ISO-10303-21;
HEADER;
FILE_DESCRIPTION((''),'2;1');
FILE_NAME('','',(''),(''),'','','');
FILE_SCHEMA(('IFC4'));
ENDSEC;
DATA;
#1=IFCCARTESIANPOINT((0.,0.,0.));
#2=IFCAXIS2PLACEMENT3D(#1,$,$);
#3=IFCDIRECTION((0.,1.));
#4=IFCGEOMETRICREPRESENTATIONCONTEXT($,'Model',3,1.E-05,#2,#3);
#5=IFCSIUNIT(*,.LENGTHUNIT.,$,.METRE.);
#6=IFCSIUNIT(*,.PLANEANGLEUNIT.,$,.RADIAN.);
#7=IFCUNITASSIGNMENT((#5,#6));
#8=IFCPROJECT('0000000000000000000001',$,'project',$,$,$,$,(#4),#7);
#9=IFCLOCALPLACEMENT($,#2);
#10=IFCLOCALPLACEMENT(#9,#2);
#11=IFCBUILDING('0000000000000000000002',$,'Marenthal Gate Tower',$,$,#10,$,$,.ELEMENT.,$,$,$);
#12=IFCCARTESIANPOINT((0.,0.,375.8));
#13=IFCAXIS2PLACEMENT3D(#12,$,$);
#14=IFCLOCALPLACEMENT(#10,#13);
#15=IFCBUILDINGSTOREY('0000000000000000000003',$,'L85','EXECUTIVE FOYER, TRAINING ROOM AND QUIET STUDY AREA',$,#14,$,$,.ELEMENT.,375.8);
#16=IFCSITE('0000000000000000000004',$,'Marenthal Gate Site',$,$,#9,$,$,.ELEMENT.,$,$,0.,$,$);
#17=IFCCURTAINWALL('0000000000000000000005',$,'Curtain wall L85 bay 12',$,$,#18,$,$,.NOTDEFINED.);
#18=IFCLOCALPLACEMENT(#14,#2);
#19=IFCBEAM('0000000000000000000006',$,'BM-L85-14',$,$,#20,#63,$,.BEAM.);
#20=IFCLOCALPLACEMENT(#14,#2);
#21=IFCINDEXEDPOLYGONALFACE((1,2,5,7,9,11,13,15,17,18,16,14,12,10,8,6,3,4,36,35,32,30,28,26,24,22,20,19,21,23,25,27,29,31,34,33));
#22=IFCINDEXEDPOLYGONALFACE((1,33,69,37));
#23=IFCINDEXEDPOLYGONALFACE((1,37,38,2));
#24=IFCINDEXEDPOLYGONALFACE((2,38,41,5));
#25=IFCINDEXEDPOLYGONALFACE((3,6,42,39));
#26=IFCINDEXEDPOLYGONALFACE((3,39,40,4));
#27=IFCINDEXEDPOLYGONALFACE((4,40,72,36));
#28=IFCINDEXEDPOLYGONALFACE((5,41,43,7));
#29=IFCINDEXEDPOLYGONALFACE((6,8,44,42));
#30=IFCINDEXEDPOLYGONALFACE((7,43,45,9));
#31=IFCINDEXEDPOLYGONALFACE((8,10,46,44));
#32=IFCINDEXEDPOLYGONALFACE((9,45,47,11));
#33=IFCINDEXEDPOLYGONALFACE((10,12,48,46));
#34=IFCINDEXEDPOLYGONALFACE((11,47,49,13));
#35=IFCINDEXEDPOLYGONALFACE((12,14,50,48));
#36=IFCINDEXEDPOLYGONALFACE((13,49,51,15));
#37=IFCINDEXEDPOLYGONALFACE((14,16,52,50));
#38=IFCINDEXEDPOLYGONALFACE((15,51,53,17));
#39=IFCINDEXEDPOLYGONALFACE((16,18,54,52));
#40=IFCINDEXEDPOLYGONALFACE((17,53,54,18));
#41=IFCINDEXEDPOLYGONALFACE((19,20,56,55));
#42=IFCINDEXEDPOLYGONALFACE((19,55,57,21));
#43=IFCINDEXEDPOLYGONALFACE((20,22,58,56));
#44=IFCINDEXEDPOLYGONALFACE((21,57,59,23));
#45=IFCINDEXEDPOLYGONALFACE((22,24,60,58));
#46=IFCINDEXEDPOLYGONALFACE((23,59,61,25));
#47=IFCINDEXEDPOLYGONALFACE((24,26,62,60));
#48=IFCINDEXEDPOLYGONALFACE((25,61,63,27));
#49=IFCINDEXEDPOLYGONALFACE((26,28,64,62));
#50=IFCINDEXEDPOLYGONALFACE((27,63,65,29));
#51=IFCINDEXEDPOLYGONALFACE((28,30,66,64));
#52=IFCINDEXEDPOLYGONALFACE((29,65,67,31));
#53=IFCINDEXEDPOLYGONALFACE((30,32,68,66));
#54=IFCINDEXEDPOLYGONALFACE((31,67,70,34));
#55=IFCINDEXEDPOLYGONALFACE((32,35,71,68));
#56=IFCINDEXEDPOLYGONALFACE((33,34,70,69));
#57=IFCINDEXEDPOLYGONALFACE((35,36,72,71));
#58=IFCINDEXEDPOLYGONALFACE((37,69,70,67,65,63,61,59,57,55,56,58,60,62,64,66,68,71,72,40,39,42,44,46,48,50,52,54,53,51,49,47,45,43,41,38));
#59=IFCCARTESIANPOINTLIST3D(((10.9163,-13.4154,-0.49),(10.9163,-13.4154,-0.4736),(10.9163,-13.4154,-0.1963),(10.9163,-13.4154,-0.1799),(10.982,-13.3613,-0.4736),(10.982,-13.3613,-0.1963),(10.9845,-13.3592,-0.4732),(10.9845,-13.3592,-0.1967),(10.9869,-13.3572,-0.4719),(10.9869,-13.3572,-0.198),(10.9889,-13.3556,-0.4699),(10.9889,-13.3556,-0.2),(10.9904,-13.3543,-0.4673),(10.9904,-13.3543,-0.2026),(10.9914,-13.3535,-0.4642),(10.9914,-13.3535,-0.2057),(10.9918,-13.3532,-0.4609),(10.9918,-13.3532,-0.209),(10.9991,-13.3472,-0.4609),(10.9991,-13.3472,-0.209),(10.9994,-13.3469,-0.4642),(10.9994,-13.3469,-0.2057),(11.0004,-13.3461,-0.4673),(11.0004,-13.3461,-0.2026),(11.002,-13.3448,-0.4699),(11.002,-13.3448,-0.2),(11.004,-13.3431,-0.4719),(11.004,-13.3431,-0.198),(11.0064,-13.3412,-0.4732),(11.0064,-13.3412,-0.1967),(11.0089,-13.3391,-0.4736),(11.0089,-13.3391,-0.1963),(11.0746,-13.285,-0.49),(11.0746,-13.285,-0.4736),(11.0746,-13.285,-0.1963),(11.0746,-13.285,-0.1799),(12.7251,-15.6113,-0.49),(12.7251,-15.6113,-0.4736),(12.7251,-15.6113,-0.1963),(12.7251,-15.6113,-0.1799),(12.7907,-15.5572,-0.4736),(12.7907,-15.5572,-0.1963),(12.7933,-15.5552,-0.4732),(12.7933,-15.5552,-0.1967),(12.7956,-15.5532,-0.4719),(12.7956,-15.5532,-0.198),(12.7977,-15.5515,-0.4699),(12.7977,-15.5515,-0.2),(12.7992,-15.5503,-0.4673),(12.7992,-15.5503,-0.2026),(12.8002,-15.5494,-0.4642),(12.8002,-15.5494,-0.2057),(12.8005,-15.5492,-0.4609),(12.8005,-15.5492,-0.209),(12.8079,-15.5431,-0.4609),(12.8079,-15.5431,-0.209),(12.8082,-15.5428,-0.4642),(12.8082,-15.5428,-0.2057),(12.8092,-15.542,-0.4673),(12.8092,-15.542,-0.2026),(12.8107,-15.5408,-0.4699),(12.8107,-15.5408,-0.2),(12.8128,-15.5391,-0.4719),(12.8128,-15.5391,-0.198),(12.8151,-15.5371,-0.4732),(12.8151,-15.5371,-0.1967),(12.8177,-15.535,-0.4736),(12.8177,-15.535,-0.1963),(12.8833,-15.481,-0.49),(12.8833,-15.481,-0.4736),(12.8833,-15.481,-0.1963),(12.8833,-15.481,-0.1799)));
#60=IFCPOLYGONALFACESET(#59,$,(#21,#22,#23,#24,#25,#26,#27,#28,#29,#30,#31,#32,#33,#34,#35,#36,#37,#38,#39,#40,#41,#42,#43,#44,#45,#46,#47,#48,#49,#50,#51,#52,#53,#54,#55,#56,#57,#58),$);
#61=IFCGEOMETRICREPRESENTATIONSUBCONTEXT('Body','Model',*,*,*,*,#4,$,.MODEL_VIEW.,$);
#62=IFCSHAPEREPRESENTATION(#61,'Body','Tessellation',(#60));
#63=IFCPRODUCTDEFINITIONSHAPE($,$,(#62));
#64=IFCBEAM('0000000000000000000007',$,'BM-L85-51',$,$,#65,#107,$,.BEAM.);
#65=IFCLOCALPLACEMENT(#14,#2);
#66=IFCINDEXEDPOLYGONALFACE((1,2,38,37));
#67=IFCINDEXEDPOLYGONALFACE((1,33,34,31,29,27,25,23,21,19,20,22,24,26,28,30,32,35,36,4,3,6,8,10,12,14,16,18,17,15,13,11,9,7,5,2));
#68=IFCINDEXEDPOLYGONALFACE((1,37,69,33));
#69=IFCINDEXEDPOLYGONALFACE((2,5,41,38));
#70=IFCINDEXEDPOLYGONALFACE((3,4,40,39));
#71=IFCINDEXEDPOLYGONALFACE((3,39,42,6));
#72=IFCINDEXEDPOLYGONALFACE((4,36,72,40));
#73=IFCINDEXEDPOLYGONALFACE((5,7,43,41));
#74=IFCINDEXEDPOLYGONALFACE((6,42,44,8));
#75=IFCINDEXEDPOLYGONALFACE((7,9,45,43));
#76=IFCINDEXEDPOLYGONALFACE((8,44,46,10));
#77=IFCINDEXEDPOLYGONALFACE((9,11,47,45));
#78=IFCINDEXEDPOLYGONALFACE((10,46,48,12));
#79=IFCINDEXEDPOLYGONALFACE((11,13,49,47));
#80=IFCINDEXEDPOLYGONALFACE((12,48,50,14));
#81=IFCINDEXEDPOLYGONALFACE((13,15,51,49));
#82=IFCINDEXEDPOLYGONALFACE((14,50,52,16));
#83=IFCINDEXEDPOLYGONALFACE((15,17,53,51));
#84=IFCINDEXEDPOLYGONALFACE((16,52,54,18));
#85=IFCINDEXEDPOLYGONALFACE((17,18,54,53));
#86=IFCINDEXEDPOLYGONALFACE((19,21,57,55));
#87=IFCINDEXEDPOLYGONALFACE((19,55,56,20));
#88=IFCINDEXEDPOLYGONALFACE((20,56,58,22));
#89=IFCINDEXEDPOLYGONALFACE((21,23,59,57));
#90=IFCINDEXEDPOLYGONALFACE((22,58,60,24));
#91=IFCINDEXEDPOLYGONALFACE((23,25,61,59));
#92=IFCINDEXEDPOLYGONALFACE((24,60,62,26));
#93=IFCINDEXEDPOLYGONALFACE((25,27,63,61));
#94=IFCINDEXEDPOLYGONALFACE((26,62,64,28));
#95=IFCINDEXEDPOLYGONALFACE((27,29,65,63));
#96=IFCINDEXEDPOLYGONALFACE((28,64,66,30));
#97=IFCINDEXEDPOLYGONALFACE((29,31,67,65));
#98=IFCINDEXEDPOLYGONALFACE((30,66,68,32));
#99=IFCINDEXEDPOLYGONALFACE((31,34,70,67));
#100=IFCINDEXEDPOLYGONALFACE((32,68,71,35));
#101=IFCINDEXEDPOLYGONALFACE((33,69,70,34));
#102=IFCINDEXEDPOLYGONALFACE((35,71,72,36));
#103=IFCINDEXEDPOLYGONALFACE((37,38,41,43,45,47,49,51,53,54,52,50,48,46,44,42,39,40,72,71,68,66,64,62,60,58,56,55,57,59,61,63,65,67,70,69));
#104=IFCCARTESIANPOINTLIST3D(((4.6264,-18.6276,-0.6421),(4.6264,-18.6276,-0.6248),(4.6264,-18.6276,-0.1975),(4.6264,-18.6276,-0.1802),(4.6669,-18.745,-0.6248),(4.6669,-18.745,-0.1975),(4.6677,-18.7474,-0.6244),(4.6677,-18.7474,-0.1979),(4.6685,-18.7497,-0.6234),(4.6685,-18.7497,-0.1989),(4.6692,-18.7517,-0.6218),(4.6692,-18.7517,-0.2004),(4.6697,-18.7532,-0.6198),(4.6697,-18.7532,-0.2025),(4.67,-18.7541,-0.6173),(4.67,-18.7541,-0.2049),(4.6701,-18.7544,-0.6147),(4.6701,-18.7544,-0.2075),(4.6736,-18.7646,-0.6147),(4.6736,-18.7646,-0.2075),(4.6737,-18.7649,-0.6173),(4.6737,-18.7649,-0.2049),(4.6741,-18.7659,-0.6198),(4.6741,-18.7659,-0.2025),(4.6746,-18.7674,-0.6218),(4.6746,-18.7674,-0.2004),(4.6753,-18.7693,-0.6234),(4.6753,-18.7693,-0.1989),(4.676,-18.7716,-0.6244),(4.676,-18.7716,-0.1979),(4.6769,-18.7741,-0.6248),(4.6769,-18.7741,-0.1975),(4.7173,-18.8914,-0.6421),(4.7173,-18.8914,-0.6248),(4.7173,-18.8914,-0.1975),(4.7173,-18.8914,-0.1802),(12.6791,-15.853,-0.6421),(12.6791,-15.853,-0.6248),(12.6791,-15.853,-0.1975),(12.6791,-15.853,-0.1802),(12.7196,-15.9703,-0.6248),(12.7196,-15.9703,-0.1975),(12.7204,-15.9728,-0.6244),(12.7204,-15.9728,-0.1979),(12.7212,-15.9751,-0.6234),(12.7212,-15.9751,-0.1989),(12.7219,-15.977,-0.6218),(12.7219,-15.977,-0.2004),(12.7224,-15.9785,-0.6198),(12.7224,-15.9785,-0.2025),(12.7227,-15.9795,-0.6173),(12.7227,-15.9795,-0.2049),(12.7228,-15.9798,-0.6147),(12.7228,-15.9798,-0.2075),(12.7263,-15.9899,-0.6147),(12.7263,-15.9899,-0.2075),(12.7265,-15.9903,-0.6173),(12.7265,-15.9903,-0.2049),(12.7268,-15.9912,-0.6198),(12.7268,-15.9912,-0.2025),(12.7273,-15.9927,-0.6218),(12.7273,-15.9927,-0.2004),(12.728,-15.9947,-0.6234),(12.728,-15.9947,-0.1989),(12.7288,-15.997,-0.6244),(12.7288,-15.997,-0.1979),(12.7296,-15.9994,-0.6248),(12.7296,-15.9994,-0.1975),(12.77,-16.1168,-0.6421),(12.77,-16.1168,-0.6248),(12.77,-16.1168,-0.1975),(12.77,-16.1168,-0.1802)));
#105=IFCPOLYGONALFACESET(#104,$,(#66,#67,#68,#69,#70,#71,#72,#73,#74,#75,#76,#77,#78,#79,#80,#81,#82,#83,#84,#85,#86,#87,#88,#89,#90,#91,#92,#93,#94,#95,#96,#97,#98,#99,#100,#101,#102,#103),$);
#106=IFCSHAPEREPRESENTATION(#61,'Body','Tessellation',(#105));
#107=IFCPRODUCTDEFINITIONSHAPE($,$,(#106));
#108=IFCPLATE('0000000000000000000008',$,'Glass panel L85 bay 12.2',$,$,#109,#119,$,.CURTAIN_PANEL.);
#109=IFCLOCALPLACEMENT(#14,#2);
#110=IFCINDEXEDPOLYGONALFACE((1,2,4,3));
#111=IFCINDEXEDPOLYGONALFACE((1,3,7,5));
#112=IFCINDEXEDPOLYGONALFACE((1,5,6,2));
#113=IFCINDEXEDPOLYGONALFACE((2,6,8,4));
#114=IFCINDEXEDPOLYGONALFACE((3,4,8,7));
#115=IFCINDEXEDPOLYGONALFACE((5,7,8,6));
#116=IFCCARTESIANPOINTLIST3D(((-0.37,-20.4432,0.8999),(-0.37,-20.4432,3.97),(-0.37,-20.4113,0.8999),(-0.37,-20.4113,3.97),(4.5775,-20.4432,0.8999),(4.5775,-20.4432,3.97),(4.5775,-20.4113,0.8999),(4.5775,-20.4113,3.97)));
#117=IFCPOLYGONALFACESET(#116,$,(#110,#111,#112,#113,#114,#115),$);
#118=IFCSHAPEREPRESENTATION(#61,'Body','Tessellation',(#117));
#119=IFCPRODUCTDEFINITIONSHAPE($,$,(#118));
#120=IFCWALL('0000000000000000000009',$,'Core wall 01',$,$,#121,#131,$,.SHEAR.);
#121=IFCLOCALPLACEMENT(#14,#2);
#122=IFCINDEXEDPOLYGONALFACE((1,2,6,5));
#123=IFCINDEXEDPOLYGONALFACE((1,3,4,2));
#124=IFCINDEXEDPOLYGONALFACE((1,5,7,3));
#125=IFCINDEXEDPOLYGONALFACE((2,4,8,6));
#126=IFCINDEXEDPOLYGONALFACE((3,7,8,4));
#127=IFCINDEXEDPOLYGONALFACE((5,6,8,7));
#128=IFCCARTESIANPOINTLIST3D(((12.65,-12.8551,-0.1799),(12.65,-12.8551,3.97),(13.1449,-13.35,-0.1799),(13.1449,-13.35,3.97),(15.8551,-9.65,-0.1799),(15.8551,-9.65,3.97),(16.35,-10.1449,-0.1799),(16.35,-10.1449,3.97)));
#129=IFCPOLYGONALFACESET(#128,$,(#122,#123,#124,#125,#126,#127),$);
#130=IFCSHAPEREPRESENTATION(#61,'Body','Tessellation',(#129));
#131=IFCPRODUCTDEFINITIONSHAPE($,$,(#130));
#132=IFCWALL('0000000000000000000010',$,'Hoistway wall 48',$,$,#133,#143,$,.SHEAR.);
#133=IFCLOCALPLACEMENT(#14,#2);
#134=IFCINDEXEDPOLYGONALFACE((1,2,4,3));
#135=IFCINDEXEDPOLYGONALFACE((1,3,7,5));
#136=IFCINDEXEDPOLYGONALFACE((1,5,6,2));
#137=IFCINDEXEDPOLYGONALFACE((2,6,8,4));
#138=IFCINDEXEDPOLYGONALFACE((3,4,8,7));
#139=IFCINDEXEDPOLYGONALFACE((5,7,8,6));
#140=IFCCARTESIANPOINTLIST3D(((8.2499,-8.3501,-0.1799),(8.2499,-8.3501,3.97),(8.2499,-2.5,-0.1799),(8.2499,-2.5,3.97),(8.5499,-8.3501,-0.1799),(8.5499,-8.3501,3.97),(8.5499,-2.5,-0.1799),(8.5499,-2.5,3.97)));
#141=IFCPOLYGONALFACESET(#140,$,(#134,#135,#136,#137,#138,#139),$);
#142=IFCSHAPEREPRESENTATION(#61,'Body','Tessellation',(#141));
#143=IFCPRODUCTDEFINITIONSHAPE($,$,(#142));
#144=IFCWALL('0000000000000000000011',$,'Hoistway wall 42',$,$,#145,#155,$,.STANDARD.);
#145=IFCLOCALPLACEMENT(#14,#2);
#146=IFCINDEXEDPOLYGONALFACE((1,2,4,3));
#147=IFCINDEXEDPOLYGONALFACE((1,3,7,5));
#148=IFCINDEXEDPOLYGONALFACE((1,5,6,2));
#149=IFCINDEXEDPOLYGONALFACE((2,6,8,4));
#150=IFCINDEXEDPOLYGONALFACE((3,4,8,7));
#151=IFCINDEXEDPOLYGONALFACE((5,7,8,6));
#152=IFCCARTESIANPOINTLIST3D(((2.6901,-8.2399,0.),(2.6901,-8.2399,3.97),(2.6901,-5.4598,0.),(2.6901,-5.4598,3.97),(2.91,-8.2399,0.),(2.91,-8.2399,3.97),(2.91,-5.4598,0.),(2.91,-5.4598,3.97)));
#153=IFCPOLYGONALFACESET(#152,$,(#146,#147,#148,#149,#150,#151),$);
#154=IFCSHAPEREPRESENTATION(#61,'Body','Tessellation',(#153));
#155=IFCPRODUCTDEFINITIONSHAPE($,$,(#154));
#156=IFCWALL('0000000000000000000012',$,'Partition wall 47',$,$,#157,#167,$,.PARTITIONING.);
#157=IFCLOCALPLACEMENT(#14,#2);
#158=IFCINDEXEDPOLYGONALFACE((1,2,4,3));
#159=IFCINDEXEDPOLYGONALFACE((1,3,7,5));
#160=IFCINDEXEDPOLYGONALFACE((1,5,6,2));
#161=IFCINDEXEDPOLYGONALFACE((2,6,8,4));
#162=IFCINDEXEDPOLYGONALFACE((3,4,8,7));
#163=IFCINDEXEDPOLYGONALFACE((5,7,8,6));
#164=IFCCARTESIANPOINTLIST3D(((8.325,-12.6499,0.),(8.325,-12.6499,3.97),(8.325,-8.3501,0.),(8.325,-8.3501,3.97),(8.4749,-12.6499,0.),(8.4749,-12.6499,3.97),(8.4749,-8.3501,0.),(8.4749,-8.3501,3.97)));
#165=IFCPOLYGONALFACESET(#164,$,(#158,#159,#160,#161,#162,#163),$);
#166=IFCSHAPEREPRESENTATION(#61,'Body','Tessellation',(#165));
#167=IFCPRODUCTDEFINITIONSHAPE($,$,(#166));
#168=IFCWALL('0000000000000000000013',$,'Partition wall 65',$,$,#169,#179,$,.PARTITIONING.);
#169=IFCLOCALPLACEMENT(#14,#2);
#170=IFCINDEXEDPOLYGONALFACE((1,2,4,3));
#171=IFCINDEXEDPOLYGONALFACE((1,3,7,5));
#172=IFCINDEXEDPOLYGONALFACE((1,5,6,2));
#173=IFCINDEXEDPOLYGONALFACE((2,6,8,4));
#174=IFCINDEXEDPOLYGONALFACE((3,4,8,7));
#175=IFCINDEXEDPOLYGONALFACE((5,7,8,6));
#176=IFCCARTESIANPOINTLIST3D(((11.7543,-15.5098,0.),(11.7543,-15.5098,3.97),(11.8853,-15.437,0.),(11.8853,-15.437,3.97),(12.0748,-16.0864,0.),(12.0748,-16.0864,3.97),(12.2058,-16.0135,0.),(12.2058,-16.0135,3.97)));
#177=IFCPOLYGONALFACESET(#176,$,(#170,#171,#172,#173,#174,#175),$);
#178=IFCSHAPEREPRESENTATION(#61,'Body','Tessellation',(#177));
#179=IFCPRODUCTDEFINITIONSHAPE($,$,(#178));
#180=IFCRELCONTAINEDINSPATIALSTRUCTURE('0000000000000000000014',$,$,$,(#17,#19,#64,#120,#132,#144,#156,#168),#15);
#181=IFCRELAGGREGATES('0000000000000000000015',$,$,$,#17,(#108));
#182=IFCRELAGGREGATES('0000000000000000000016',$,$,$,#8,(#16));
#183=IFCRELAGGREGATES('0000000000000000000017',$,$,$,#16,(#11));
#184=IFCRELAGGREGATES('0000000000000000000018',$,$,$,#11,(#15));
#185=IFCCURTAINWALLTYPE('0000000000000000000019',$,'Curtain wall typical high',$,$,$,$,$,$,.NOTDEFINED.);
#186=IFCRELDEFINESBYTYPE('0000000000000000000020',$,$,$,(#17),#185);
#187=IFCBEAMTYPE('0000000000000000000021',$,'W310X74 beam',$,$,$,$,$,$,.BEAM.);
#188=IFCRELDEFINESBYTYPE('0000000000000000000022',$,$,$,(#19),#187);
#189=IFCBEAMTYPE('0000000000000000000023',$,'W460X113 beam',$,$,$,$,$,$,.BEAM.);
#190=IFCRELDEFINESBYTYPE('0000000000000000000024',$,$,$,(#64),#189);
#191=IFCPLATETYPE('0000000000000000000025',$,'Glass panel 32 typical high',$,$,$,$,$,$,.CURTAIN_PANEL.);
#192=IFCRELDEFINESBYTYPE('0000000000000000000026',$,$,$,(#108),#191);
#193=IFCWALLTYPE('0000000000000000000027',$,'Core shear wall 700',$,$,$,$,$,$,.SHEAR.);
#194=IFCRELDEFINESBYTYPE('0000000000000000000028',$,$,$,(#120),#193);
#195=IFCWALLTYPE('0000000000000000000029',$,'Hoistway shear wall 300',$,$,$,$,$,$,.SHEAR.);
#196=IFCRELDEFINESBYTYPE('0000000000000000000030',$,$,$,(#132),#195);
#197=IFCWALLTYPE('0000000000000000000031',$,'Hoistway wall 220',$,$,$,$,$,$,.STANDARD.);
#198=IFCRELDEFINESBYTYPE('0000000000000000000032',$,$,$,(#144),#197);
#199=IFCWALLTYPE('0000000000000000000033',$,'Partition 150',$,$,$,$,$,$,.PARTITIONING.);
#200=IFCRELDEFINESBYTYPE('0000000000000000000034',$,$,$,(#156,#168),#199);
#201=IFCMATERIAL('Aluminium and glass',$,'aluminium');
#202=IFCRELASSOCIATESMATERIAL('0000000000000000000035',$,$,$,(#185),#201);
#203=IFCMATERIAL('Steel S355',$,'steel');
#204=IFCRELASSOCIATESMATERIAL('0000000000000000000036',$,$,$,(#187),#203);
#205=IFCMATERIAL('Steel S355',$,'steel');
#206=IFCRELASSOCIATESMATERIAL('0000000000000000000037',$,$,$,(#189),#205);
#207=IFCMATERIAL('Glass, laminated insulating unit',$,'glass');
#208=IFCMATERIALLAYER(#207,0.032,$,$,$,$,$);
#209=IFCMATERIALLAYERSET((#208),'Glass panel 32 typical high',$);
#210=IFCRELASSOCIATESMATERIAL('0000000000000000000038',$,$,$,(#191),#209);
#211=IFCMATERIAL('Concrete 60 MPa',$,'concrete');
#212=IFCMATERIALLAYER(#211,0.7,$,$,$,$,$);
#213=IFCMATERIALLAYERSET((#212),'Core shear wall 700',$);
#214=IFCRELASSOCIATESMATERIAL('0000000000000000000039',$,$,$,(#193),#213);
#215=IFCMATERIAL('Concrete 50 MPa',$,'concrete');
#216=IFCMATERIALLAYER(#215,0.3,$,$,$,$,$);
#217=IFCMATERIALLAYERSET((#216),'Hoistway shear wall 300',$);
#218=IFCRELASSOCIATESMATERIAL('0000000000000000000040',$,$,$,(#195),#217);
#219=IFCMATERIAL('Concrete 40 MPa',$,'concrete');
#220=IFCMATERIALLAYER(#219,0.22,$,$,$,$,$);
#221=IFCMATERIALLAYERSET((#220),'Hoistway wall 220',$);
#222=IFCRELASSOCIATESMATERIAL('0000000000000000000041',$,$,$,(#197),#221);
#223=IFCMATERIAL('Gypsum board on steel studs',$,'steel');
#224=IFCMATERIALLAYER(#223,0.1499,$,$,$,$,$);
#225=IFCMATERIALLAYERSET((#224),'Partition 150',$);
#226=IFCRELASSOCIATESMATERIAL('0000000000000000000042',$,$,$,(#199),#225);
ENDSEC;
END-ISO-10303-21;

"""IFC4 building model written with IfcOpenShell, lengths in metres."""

from ifc_helpers import new_model, si_unit, direction, frame, frame_2d, origin, origin_2d, place, context, subcontext, project, spatial, rectangle, i_section, extrude, material, layer, layer_set, material_profile, profile_set, type_object, element, aggregate, save


model = new_model("IFC4")

# Units and contexts
model_context = context("Model", 3, precision=1e-05, world=origin(), true_north=direction((0.0, 1.0)))
body_context = subcontext(model_context, "Body", "Model", "MODEL_VIEW")
ifc_project = project(units=[si_unit("LENGTHUNIT", "METRE"), si_unit("PLANEANGLEUNIT", "RADIAN")], contexts=[model_context])

# Site, building, storey
site_placement = place(None, origin())
site = spatial("IfcSite", under=ifc_project, at=site_placement, Name="Marenthal Gate Site", CompositionType="ELEMENT", RefElevation=0.0)
building_placement = place(site_placement, origin())
building = spatial("IfcBuilding", under=site, at=building_placement, Name="Marenthal Gate Tower", CompositionType="ELEMENT")
storey_placement = place(building_placement, frame((0.0, 0.0, 375.8)))
storey = spatial("IfcBuildingStorey", under=building, at=storey_placement, Name="L85", Description="EXECUTIVE FOYER, TRAINING ROOM AND QUIET STUDY AREA", CompositionType="ELEMENT", Elevation=375.8)

# Curtain wall
ifc_material_1 = material(Name="Aluminium and glass", Category="aluminium")
curtain_wall_type = type_object("IfcCurtainWallType", Name="Curtain wall typical high", PredefinedType="NOTDEFINED", material=ifc_material_1)
curtain_wall_placement = place(storey_placement, origin())
curtain_wall = element("IfcCurtainWall", 1, at=curtain_wall_placement, inside=storey, type_object=curtain_wall_type, Name="Curtain wall L85 bay 12", PredefinedType="NOTDEFINED")

# Beams
ifc_material_2 = material(Name="Steel S355", Category="steel")
ifc_material_profile_1 = material_profile(ifc_material_2, i_section(OverallWidth=0.2051, OverallDepth=0.3101, WebThickness=0.0095, FlangeThickness=0.0164, FilletRadius=0.0127, at=origin_2d()), Name="W310X74")
ifc_profile_set_1 = profile_set([ifc_material_profile_1], Name="Steel S355")
beam_type_1 = type_object("IfcBeamType", Name="W310X74 beam", PredefinedType="BEAM", material=ifc_profile_set_1)
beam_1_placement = place(storey_placement, frame((12.8042, -15.5461, -0.335), z_axis=(-0.635776, 0.771873, 0.0), x_axis=(-0.771873, -0.635776, 0.0)))
element("IfcBeam", 2, at=beam_1_placement, inside=storey, type_object=beam_type_1, Name="BM-L85-14", PredefinedType="BEAM", context=body_context, shape_type="SweptSolid", body=[
    extrude(i_section(OverallWidth=0.2051, OverallDepth=0.3101, WebThickness=0.0095, FlangeThickness=0.0164, FilletRadius=0.0127, at=origin_2d()), origin(), (0.0, 0.0, 1.0), 2.845),
])
ifc_material_3 = material(Name="Steel S355", Category="steel")
ifc_material_profile_2 = material_profile(ifc_material_3, i_section(OverallWidth=0.2791, OverallDepth=0.4619, WebThickness=0.0107, FlangeThickness=0.0173, FilletRadius=0.01, at=origin_2d()), Name="W460X113")
ifc_profile_set_2 = profile_set([ifc_material_profile_2], Name="Steel S355")
beam_type_2 = type_object("IfcBeamType", Name="W460X113 beam", PredefinedType="BEAM", material=ifc_profile_set_2)
beam_2_placement = place(storey_placement, frame((4.6719, -18.7595, -0.4111), z_axis=(0.945451, 0.325765, 0.0), x_axis=(-0.325765, 0.945451, 0.0)))
element("IfcBeam", 3, at=beam_2_placement, inside=storey, type_object=beam_type_2, Name="BM-L85-51", PredefinedType="BEAM", context=body_context, shape_type="SweptSolid", body=[
    extrude(i_section(OverallWidth=0.2791, OverallDepth=0.4619, WebThickness=0.0107, FlangeThickness=0.0173, FilletRadius=0.01, at=origin_2d()), origin(), (0.0, 0.0, 1.0), 8.5173),
])

# Plate
ifc_material_4 = material(Name="Glass, laminated insulating unit", Category="glass")
ifc_layer_1 = layer(ifc_material_4, 0.032)
ifc_layer_set_1 = layer_set([ifc_layer_1], Name="Glass panel 32 typical high")
plate_type = type_object("IfcPlateType", Name="Glass panel 32 typical high", PredefinedType="CURTAIN_PANEL", material=ifc_layer_set_1)
plate_placement = place(storey_placement, frame((2.1038, -20.4272, 0.8999), z_axis=(0.0, 0.0, 1.0), x_axis=(1.0, 0.0, 0.0)))
plate = element("IfcPlate", 4, at=plate_placement, type_object=plate_type, Name="Glass panel L85 bay 12.2", PredefinedType="CURTAIN_PANEL", context=body_context, shape_type="SweptSolid", body=[
    extrude(rectangle(XDim=4.9475, YDim=0.032, at=origin_2d()), origin(), (0.0, 0.0, 1.0), 3.0701),
])
aggregate(curtain_wall, [plate])

# Walls
ifc_material_5 = material(Name="Concrete 60 MPa", Category="concrete")
ifc_layer_2 = layer(ifc_material_5, 0.7)
ifc_layer_set_2 = layer_set([ifc_layer_2], Name="Core shear wall 700")
wall_type_1 = type_object("IfcWallType", Name="Core shear wall 700", PredefinedType="SHEAR", material=ifc_layer_set_2)
wall_1_placement = place(storey_placement, frame((12.8975, -13.1025, -0.1799), z_axis=(0.0, 0.0, 1.0), x_axis=(0.707107, 0.707107, 0.0)))
element("IfcWall", 5, at=wall_1_placement, inside=storey, type_object=wall_type_1, Name="Core wall 01", PredefinedType="SHEAR", context=body_context, shape_type="SweptSolid", body=[
    extrude(rectangle(XDim=4.5327, YDim=0.7, at=frame_2d((2.2664, 0.0))), origin(), (0.0, 0.0, 1.0), 4.1499),
])
ifc_material_6 = material(Name="Concrete 50 MPa", Category="concrete")
ifc_layer_3 = layer(ifc_material_6, 0.3)
ifc_layer_set_3 = layer_set([ifc_layer_3], Name="Hoistway shear wall 300")
wall_type_2 = type_object("IfcWallType", Name="Hoistway shear wall 300", PredefinedType="SHEAR", material=ifc_layer_set_3)
wall_2_placement = place(storey_placement, frame((8.3999, -8.3501, -0.1799), z_axis=(0.0, 0.0, 1.0), x_axis=(0.0, 1.0, 0.0)))
element("IfcWall", 6, at=wall_2_placement, inside=storey, type_object=wall_type_2, Name="Hoistway wall 48", PredefinedType="SHEAR", context=body_context, shape_type="SweptSolid", body=[
    extrude(rectangle(XDim=5.8501, YDim=0.3, at=frame_2d((2.925, 0.0))), origin(), (0.0, 0.0, 1.0), 4.1499),
])
ifc_material_7 = material(Name="Concrete 40 MPa", Category="concrete")
ifc_layer_4 = layer(ifc_material_7, 0.22)
ifc_layer_set_4 = layer_set([ifc_layer_4], Name="Hoistway wall 220")
wall_type_3 = type_object("IfcWallType", Name="Hoistway wall 220", PredefinedType="STANDARD", material=ifc_layer_set_4)
wall_3_placement = place(storey_placement, frame((2.8, -8.24, 0.0), z_axis=(0.0, 0.0, 1.0), x_axis=(0.0, 1.0, 0.0)))
element("IfcWall", 7, at=wall_3_placement, inside=storey, type_object=wall_type_3, Name="Hoistway wall 42", PredefinedType="STANDARD", context=body_context, shape_type="SweptSolid", body=[
    extrude(rectangle(XDim=2.78, YDim=0.22, at=frame_2d((1.3901, 0.0))), origin(), (0.0, 0.0, 1.0), 3.97),
])
ifc_material_8 = material(Name="Gypsum board on steel studs", Category="steel")
ifc_layer_5 = layer(ifc_material_8, 0.1499)
ifc_layer_set_5 = layer_set([ifc_layer_5], Name="Partition 150")
wall_type_4 = type_object("IfcWallType", Name="Partition 150", PredefinedType="PARTITIONING", material=ifc_layer_set_5)
wall_4_placement = place(storey_placement, frame((8.3999, -12.6499, 0.0), z_axis=(0.0, 0.0, 1.0), x_axis=(0.0, 1.0, 0.0)))
element("IfcWall", 8, at=wall_4_placement, inside=storey, type_object=wall_type_4, Name="Partition wall 47", PredefinedType="PARTITIONING", context=body_context, shape_type="SweptSolid", body=[
    extrude(rectangle(XDim=4.2998, YDim=0.1499, at=frame_2d((2.1499, 0.0))), origin(), (0.0, 0.0, 1.0), 3.97),
])
wall_5_placement = place(storey_placement, frame((11.8198, -15.4734, 0.0), z_axis=(0.0, 0.0, 1.0), x_axis=(0.485863, -0.874035, 0.0)))
element("IfcWall", 9, at=wall_5_placement, inside=storey, type_object=wall_type_4, Name="Partition wall 65", PredefinedType="PARTITIONING", context=body_context, shape_type="SweptSolid", body=[
    extrude(rectangle(XDim=0.6597, YDim=0.1499, at=frame_2d((0.3298, 0.0))), origin(), (0.0, 0.0, 1.0), 3.97),
])

save(model, "model.ifc")
